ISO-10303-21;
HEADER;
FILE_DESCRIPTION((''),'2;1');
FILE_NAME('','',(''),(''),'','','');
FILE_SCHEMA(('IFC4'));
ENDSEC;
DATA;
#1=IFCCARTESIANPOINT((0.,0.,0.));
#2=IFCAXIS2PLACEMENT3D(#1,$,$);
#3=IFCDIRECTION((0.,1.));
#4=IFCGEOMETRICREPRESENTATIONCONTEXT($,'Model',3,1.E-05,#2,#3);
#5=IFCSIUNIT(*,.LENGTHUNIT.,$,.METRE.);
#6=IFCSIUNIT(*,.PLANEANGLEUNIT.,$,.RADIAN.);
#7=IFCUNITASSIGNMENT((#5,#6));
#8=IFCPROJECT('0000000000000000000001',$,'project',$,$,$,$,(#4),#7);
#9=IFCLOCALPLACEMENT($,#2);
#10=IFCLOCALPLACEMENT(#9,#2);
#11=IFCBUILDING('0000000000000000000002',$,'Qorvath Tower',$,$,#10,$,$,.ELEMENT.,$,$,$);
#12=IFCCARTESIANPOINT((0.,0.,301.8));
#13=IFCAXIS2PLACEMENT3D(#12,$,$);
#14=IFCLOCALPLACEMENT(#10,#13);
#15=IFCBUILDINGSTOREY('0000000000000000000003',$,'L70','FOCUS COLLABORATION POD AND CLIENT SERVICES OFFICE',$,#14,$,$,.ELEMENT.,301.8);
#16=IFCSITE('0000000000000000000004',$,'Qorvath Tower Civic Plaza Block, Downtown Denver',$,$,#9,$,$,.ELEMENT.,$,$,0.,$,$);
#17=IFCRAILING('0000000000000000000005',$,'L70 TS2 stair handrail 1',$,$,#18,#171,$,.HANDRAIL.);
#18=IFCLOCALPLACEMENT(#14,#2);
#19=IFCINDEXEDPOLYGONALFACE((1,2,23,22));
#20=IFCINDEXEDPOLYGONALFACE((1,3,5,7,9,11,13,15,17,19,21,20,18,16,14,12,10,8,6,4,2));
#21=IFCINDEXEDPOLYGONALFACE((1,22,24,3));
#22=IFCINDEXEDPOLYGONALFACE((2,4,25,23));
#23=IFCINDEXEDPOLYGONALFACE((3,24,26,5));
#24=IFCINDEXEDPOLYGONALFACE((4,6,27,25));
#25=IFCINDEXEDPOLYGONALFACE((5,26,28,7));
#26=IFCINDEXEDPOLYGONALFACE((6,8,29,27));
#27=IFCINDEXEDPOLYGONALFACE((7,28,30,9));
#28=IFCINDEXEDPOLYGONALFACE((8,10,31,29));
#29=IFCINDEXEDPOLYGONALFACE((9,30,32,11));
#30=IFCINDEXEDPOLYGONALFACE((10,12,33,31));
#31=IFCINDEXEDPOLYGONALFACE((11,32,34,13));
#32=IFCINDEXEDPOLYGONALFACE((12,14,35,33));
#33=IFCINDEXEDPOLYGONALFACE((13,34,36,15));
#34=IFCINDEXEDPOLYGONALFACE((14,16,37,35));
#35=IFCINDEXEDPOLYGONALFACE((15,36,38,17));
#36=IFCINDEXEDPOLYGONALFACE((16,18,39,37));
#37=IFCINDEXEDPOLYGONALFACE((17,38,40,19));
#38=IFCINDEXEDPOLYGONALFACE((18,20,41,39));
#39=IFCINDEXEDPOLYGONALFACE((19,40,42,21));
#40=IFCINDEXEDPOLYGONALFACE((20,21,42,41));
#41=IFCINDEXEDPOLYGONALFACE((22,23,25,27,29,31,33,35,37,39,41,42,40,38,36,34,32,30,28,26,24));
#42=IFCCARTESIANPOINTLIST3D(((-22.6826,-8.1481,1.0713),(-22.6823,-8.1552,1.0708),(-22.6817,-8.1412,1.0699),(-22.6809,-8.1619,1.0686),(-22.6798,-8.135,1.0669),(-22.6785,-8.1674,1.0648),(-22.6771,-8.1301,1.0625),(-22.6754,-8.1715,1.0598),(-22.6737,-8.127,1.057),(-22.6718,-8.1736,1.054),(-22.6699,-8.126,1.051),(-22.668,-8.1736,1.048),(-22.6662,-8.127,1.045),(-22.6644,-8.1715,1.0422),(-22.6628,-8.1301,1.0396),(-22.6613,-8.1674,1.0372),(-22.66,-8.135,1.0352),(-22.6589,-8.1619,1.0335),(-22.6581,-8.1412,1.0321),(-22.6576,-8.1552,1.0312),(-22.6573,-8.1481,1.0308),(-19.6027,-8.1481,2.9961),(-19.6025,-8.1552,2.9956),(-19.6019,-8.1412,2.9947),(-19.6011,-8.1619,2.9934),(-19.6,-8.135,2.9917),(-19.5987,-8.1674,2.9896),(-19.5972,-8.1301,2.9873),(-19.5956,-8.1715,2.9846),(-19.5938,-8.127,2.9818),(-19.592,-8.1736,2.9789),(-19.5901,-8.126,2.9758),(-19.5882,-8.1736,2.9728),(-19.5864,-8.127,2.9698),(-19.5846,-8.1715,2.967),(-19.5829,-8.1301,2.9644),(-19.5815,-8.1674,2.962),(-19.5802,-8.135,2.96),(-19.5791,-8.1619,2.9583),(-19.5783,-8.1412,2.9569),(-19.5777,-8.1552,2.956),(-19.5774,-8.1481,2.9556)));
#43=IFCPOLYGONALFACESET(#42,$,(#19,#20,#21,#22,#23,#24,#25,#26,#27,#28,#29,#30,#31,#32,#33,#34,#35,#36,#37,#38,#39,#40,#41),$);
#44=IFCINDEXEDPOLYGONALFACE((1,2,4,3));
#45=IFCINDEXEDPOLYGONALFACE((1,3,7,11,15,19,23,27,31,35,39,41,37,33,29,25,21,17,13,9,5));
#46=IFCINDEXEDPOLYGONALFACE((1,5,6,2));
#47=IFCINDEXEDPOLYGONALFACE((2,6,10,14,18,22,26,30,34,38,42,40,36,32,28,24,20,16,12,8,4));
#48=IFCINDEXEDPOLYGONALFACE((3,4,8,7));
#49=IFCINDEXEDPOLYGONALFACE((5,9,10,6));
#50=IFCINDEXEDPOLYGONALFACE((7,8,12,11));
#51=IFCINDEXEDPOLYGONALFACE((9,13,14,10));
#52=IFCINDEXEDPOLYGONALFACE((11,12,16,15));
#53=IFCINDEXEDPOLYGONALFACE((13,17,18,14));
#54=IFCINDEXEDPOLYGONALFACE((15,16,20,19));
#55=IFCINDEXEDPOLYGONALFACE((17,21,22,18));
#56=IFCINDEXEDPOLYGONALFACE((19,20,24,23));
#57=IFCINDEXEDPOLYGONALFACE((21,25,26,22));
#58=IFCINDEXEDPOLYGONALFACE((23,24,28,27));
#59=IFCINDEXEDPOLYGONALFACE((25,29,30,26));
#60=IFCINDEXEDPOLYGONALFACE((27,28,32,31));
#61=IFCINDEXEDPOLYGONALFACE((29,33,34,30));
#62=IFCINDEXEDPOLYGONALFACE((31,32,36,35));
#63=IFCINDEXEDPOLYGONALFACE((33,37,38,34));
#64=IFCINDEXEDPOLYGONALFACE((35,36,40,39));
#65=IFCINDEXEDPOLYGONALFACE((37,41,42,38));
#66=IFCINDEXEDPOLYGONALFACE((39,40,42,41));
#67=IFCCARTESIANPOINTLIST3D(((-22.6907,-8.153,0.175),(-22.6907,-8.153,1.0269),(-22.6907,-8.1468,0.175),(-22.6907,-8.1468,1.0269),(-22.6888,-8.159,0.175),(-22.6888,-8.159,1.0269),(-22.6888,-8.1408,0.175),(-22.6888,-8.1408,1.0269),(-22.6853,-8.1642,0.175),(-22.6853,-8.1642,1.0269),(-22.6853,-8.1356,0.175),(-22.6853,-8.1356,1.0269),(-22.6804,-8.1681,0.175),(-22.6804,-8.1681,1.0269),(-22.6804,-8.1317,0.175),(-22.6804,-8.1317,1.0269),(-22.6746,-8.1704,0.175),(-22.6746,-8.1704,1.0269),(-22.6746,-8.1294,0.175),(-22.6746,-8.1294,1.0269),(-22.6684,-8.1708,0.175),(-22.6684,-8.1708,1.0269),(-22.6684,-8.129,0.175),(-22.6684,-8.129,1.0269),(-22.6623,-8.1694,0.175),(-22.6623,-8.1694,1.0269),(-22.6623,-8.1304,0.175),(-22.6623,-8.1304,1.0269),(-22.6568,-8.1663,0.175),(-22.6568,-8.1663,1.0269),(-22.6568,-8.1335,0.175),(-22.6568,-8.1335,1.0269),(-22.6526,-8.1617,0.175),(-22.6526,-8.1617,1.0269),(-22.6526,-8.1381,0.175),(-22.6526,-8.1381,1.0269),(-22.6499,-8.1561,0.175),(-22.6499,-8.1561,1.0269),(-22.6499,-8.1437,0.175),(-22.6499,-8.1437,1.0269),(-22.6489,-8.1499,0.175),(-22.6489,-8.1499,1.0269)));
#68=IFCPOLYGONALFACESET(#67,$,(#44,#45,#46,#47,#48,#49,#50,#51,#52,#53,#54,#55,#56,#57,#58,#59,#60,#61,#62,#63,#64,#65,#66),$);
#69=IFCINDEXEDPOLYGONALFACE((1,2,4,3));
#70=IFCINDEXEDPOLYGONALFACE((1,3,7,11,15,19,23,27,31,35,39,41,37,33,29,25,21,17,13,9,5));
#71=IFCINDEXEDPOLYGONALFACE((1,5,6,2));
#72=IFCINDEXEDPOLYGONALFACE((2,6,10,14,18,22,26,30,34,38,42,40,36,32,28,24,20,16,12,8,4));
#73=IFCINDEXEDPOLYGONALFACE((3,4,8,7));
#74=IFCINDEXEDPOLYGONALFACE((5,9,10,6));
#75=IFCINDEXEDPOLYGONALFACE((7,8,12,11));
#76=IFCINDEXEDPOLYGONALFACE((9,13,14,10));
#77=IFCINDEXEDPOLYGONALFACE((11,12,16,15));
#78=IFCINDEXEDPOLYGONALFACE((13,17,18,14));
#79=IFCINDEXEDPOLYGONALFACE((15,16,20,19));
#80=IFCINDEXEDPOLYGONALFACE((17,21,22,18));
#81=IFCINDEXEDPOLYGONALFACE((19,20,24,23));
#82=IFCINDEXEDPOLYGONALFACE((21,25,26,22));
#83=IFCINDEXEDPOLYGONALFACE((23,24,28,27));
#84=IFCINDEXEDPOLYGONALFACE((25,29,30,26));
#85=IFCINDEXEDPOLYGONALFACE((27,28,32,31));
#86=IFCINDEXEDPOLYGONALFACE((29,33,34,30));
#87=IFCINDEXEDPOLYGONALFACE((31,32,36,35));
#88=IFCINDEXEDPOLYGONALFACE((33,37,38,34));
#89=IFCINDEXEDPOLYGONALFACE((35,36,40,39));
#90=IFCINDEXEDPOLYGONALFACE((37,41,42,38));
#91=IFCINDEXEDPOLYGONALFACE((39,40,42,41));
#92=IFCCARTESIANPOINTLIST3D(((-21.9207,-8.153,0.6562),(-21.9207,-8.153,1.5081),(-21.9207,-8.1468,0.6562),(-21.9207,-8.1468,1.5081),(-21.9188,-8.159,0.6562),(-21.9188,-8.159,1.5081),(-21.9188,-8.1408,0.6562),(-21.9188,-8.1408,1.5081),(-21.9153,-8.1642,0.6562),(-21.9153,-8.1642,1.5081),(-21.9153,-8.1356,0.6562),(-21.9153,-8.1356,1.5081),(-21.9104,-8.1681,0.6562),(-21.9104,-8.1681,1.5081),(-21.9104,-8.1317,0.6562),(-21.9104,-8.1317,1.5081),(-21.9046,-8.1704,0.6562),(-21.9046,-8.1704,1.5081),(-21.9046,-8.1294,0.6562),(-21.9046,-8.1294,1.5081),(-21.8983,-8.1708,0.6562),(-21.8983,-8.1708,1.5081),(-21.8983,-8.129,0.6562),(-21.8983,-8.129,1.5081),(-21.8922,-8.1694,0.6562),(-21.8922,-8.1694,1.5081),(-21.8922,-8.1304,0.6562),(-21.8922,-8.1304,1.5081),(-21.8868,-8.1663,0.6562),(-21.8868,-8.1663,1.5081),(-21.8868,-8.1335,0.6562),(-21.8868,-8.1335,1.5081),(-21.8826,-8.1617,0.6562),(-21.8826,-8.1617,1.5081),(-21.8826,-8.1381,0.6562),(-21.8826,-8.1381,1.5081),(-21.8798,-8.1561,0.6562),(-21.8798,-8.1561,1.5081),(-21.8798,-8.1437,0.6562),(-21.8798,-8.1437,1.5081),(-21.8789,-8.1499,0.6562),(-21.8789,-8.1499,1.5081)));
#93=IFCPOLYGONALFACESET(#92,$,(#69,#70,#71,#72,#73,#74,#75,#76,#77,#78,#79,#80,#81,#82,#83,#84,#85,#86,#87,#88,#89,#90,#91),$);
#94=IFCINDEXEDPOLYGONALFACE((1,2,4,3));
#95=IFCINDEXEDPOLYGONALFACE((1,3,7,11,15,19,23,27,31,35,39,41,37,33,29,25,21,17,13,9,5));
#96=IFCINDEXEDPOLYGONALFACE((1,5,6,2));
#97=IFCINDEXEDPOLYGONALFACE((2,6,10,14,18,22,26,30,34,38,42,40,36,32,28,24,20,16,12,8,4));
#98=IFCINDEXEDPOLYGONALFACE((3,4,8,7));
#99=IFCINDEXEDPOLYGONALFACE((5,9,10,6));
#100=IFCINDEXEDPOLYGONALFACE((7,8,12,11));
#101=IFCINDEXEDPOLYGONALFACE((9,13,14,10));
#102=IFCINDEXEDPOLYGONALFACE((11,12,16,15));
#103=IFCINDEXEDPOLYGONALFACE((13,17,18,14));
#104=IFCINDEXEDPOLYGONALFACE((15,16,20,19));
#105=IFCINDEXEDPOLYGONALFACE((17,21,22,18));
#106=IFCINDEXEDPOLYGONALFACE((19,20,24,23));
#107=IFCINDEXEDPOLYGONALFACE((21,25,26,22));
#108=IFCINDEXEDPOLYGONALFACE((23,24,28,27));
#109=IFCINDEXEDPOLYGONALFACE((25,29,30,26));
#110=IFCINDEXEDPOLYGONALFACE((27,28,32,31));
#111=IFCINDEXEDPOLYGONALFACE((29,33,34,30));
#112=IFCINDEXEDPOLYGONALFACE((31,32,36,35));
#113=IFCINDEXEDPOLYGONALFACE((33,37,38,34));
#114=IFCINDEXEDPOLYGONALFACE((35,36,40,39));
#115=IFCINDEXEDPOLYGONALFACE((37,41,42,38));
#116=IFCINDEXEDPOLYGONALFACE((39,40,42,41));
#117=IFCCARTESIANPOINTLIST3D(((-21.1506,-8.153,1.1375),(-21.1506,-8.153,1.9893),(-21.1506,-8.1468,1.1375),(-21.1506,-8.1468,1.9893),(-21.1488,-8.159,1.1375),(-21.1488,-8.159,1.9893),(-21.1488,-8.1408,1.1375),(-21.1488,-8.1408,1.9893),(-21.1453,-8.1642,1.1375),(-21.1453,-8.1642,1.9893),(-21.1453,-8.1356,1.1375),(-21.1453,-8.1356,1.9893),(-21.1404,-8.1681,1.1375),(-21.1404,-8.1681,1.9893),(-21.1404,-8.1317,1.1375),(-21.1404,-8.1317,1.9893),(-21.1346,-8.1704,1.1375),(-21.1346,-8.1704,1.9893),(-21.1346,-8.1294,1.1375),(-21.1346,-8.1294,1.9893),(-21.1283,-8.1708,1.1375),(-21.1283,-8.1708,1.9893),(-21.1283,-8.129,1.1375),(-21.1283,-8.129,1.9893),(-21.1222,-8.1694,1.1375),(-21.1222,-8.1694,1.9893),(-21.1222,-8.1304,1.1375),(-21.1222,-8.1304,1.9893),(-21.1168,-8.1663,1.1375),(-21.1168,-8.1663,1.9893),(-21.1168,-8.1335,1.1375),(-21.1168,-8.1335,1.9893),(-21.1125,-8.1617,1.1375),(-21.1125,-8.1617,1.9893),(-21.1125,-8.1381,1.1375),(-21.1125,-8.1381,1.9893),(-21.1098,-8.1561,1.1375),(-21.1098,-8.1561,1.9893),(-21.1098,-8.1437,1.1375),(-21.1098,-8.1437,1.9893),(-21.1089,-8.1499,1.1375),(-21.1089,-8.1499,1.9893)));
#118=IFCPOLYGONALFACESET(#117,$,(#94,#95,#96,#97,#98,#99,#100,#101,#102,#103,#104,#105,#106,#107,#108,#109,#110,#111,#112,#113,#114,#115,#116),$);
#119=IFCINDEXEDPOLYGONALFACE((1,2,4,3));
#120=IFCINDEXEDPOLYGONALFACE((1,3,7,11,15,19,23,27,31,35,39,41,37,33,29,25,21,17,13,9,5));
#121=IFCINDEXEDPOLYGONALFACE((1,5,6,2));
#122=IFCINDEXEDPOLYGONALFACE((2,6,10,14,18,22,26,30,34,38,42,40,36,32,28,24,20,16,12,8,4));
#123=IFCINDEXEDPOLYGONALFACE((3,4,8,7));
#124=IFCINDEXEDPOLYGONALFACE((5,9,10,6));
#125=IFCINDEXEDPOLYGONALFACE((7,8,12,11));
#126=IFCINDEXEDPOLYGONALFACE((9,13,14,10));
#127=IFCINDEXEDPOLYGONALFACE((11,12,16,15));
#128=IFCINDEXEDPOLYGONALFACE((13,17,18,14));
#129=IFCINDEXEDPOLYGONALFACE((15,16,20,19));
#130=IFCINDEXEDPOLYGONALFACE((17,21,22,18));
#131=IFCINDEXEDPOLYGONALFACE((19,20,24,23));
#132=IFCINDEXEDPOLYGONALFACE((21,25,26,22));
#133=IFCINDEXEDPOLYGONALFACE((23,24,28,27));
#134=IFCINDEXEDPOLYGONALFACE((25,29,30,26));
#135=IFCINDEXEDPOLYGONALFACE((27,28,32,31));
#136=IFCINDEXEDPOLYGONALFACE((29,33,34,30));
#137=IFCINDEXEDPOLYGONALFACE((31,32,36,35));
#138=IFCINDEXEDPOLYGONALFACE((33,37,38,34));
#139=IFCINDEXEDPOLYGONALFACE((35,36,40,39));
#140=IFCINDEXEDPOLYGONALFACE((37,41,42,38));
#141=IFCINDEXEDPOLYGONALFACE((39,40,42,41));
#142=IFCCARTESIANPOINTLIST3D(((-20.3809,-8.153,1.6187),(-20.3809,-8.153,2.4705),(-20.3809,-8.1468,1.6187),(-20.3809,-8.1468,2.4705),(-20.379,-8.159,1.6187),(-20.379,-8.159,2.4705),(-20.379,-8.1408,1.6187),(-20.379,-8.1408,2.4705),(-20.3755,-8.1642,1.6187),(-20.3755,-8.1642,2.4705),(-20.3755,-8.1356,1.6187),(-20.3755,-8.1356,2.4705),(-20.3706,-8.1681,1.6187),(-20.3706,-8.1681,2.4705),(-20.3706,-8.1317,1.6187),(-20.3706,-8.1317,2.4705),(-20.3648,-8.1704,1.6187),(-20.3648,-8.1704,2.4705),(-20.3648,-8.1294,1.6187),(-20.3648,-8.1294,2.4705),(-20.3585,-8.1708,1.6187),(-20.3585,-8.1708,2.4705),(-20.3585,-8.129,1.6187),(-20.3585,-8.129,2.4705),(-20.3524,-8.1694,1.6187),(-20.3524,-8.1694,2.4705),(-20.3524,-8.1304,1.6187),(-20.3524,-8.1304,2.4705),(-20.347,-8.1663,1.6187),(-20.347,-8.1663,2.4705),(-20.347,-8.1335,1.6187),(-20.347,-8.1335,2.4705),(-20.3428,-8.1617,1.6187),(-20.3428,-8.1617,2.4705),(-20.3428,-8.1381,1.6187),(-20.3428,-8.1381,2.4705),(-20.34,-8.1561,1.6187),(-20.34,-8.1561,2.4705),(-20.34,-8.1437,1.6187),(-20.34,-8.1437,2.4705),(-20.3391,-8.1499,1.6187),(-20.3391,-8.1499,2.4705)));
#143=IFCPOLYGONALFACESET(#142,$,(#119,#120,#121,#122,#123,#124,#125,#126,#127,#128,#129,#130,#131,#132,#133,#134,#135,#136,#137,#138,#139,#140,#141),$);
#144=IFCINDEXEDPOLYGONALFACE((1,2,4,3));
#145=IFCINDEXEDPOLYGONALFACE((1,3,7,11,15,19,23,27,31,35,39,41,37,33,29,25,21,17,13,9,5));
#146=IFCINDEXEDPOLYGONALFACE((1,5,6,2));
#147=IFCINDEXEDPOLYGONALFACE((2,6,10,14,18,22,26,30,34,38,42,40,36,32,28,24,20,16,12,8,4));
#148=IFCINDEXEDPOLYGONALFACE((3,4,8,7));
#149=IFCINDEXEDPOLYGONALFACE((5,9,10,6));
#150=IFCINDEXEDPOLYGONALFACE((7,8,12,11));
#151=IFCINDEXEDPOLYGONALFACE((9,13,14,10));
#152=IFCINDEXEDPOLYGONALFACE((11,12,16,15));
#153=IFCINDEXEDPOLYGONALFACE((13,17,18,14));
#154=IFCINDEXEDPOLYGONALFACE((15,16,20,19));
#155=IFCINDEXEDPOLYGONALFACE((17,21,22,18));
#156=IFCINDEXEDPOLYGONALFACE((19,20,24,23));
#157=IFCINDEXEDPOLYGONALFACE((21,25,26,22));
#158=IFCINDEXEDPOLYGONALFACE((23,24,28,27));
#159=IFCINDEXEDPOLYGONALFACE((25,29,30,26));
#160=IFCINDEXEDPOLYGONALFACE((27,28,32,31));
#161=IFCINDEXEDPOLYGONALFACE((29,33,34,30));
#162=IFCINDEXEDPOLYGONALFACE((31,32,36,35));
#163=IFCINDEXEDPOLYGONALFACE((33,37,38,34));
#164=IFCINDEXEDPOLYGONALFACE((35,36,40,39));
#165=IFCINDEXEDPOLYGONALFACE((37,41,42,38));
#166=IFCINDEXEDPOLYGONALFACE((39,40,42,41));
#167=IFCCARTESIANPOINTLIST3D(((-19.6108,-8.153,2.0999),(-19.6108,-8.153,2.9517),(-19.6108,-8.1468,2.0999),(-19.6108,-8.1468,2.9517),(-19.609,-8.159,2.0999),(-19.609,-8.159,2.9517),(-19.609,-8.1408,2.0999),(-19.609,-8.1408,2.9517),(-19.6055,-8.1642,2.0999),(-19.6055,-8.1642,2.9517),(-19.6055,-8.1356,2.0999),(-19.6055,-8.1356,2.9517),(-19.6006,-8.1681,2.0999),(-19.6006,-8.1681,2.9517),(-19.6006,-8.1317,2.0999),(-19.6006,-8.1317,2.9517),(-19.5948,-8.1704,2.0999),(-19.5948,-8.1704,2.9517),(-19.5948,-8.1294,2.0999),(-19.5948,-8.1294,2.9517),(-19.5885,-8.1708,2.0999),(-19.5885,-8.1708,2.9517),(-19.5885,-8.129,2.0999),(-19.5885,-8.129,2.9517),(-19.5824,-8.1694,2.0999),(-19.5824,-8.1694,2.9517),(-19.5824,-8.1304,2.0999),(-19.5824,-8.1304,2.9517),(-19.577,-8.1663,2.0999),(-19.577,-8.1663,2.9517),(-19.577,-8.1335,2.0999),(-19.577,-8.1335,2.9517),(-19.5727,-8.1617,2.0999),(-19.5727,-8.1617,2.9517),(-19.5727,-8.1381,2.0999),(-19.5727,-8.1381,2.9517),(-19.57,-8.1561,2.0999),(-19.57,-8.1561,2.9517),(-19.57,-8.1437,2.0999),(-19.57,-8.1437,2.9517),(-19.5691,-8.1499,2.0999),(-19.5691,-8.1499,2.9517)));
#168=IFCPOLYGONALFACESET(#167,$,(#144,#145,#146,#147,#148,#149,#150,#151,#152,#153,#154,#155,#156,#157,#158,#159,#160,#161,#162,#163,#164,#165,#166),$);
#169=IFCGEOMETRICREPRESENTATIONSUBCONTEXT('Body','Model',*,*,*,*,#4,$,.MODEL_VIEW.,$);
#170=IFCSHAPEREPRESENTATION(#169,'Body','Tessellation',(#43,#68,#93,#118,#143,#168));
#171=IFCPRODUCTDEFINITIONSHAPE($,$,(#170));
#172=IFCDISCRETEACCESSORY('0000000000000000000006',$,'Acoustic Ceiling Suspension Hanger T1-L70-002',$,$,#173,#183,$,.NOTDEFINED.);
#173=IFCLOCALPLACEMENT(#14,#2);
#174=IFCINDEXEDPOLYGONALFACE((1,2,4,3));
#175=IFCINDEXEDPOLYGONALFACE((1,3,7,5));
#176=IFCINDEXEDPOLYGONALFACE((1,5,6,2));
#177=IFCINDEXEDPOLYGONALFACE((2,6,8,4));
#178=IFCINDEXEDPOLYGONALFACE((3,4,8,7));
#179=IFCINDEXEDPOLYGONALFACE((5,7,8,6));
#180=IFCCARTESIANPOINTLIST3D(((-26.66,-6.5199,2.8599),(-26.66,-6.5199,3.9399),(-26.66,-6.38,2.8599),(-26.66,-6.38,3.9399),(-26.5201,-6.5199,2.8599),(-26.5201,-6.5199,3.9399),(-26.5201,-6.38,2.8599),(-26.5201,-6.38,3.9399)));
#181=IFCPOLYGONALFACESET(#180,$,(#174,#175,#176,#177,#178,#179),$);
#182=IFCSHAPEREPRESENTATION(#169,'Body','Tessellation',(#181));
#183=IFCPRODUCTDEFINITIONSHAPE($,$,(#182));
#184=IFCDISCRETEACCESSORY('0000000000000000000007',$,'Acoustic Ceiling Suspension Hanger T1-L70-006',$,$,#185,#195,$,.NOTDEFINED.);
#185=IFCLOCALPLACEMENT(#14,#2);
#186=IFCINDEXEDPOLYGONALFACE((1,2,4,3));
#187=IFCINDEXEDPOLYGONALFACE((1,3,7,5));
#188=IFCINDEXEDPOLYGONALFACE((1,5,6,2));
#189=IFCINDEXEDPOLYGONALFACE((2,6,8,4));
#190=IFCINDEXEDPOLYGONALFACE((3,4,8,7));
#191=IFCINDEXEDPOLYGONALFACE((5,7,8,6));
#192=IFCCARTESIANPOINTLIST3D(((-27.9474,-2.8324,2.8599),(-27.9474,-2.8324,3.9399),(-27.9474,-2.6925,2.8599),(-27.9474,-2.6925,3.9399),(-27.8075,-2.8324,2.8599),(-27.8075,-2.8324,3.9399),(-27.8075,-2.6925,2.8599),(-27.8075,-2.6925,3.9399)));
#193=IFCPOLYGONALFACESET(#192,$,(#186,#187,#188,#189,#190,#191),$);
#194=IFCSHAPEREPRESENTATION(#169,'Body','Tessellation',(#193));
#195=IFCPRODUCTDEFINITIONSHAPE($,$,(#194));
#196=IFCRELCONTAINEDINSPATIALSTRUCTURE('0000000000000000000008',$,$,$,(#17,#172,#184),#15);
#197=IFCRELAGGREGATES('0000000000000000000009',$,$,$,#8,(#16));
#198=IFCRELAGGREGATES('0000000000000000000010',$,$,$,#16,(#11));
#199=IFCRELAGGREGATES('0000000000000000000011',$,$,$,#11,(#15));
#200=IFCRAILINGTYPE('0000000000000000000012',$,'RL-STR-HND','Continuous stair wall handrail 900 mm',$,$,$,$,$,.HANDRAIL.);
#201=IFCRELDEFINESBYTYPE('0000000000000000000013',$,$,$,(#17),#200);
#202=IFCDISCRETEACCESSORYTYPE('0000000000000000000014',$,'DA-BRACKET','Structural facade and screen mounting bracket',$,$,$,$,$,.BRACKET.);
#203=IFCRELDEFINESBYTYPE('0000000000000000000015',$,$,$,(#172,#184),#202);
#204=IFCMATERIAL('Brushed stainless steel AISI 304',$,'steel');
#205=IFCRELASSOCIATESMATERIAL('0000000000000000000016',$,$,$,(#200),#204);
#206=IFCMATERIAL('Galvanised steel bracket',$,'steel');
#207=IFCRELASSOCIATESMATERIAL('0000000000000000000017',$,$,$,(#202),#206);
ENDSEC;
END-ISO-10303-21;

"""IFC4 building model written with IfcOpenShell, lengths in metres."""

from ifc_helpers import new_model, si_unit, direction, frame, origin, origin_2d, place, context, subcontext, project, spatial, rectangle, circle, extrude, material, type_object, element, save


model = new_model("IFC4")

# Units and contexts
model_context = context("Model", 3, precision=1e-05, world=origin(), true_north=direction((0.0, 1.0)))
body_context = subcontext(model_context, "Body", "Model", "MODEL_VIEW")
ifc_project = project(units=[si_unit("LENGTHUNIT", "METRE"), si_unit("PLANEANGLEUNIT", "RADIAN")], contexts=[model_context])

# Site, building, storey
site_placement = place(None, origin())
site = spatial("IfcSite", under=ifc_project, at=site_placement, Name="Qorvath Tower Civic Plaza Block, Downtown Denver", CompositionType="ELEMENT", RefElevation=0.0)
building_placement = place(site_placement, origin())
building = spatial("IfcBuilding", under=site, at=building_placement, Name="Qorvath Tower", CompositionType="ELEMENT")
storey_placement = place(building_placement, frame((0.0, 0.0, 301.8)))
storey = spatial("IfcBuildingStorey", under=building, at=storey_placement, Name="L70", Description="FOCUS COLLABORATION POD AND CLIENT SERVICES OFFICE", CompositionType="ELEMENT", Elevation=301.8)

# Railing
ifc_material_1 = material(Name="Brushed stainless steel AISI 304", Category="steel")
railing_type_1 = type_object("IfcRailingType", Name="RL-STR-HND", Description="Continuous stair wall handrail 900 mm", PredefinedType="HANDRAIL", material=ifc_material_1)
railing_1_placement = place(storey_placement, frame((-22.6699, -8.1499, 0.175)))
element("IfcRailing", 1, at=railing_1_placement, inside=storey, type_object=railing_type_1, Name="L70 TS2 stair handrail 1", PredefinedType="HANDRAIL", context=body_context, shape_type="SweptSolid", body=[
    extrude(circle(Radius=0.0239, at=origin_2d()), frame((0.0, 0.0, 0.876), z_axis=(0.84801, 0.0, 0.529981), x_axis=(0.0, 1.0, 0.0)), (0.0, 0.0, 1.0), 3.6318),
    extrude(circle(Radius=0.021, at=origin_2d()), origin(), (0.0, 0.0, 1.0), 0.8518),
    extrude(circle(Radius=0.021, at=origin_2d()), frame((0.77, 0.0, 0.4812)), (0.0, 0.0, 1.0), 0.8518),
    extrude(circle(Radius=0.021, at=origin_2d()), frame((1.54, 0.0, 0.9624)), (0.0, 0.0, 1.0), 0.8518),
    extrude(circle(Radius=0.021, at=origin_2d()), frame((2.3098, 0.0, 1.4436)), (0.0, 0.0, 1.0), 0.8518),
    extrude(circle(Radius=0.021, at=origin_2d()), frame((3.0798, 0.0, 1.9248)), (0.0, 0.0, 1.0), 0.8518),
])

# Discrete accessories
ifc_material_2 = material(Name="Galvanised steel bracket", Category="steel")
discrete_accessory_type = type_object("IfcDiscreteAccessoryType", Name="DA-BRACKET", Description="Structural facade and screen mounting bracket", PredefinedType="BRACKET", material=ifc_material_2)
for number, where, z_axis, x_axis, name in (
    (2, (-26.5901, -6.45, 2.8599), (0.0, 0.0, 1.0), (1.0, 0.0, 0.0), "Acoustic Ceiling Suspension Hanger T1-L70-002"),
    (3, (-27.8774, -2.7625, 2.8599), (0.0, 0.0, 1.0), (1.0, 0.0, 0.0), "Acoustic Ceiling Suspension Hanger T1-L70-006"),
):
    element("IfcDiscreteAccessory", number, at=place(storey_placement, frame(where, z_axis=z_axis, x_axis=x_axis)), inside=storey, type_object=discrete_accessory_type, Name=name, PredefinedType="NOTDEFINED", context=body_context, shape_type="SweptSolid", body=[
        extrude(rectangle(XDim=0.1399, YDim=0.1399, at=origin_2d()), origin(), (0.0, 0.0, 1.0), 1.0801),
    ])

save(model, "model.ifc")
